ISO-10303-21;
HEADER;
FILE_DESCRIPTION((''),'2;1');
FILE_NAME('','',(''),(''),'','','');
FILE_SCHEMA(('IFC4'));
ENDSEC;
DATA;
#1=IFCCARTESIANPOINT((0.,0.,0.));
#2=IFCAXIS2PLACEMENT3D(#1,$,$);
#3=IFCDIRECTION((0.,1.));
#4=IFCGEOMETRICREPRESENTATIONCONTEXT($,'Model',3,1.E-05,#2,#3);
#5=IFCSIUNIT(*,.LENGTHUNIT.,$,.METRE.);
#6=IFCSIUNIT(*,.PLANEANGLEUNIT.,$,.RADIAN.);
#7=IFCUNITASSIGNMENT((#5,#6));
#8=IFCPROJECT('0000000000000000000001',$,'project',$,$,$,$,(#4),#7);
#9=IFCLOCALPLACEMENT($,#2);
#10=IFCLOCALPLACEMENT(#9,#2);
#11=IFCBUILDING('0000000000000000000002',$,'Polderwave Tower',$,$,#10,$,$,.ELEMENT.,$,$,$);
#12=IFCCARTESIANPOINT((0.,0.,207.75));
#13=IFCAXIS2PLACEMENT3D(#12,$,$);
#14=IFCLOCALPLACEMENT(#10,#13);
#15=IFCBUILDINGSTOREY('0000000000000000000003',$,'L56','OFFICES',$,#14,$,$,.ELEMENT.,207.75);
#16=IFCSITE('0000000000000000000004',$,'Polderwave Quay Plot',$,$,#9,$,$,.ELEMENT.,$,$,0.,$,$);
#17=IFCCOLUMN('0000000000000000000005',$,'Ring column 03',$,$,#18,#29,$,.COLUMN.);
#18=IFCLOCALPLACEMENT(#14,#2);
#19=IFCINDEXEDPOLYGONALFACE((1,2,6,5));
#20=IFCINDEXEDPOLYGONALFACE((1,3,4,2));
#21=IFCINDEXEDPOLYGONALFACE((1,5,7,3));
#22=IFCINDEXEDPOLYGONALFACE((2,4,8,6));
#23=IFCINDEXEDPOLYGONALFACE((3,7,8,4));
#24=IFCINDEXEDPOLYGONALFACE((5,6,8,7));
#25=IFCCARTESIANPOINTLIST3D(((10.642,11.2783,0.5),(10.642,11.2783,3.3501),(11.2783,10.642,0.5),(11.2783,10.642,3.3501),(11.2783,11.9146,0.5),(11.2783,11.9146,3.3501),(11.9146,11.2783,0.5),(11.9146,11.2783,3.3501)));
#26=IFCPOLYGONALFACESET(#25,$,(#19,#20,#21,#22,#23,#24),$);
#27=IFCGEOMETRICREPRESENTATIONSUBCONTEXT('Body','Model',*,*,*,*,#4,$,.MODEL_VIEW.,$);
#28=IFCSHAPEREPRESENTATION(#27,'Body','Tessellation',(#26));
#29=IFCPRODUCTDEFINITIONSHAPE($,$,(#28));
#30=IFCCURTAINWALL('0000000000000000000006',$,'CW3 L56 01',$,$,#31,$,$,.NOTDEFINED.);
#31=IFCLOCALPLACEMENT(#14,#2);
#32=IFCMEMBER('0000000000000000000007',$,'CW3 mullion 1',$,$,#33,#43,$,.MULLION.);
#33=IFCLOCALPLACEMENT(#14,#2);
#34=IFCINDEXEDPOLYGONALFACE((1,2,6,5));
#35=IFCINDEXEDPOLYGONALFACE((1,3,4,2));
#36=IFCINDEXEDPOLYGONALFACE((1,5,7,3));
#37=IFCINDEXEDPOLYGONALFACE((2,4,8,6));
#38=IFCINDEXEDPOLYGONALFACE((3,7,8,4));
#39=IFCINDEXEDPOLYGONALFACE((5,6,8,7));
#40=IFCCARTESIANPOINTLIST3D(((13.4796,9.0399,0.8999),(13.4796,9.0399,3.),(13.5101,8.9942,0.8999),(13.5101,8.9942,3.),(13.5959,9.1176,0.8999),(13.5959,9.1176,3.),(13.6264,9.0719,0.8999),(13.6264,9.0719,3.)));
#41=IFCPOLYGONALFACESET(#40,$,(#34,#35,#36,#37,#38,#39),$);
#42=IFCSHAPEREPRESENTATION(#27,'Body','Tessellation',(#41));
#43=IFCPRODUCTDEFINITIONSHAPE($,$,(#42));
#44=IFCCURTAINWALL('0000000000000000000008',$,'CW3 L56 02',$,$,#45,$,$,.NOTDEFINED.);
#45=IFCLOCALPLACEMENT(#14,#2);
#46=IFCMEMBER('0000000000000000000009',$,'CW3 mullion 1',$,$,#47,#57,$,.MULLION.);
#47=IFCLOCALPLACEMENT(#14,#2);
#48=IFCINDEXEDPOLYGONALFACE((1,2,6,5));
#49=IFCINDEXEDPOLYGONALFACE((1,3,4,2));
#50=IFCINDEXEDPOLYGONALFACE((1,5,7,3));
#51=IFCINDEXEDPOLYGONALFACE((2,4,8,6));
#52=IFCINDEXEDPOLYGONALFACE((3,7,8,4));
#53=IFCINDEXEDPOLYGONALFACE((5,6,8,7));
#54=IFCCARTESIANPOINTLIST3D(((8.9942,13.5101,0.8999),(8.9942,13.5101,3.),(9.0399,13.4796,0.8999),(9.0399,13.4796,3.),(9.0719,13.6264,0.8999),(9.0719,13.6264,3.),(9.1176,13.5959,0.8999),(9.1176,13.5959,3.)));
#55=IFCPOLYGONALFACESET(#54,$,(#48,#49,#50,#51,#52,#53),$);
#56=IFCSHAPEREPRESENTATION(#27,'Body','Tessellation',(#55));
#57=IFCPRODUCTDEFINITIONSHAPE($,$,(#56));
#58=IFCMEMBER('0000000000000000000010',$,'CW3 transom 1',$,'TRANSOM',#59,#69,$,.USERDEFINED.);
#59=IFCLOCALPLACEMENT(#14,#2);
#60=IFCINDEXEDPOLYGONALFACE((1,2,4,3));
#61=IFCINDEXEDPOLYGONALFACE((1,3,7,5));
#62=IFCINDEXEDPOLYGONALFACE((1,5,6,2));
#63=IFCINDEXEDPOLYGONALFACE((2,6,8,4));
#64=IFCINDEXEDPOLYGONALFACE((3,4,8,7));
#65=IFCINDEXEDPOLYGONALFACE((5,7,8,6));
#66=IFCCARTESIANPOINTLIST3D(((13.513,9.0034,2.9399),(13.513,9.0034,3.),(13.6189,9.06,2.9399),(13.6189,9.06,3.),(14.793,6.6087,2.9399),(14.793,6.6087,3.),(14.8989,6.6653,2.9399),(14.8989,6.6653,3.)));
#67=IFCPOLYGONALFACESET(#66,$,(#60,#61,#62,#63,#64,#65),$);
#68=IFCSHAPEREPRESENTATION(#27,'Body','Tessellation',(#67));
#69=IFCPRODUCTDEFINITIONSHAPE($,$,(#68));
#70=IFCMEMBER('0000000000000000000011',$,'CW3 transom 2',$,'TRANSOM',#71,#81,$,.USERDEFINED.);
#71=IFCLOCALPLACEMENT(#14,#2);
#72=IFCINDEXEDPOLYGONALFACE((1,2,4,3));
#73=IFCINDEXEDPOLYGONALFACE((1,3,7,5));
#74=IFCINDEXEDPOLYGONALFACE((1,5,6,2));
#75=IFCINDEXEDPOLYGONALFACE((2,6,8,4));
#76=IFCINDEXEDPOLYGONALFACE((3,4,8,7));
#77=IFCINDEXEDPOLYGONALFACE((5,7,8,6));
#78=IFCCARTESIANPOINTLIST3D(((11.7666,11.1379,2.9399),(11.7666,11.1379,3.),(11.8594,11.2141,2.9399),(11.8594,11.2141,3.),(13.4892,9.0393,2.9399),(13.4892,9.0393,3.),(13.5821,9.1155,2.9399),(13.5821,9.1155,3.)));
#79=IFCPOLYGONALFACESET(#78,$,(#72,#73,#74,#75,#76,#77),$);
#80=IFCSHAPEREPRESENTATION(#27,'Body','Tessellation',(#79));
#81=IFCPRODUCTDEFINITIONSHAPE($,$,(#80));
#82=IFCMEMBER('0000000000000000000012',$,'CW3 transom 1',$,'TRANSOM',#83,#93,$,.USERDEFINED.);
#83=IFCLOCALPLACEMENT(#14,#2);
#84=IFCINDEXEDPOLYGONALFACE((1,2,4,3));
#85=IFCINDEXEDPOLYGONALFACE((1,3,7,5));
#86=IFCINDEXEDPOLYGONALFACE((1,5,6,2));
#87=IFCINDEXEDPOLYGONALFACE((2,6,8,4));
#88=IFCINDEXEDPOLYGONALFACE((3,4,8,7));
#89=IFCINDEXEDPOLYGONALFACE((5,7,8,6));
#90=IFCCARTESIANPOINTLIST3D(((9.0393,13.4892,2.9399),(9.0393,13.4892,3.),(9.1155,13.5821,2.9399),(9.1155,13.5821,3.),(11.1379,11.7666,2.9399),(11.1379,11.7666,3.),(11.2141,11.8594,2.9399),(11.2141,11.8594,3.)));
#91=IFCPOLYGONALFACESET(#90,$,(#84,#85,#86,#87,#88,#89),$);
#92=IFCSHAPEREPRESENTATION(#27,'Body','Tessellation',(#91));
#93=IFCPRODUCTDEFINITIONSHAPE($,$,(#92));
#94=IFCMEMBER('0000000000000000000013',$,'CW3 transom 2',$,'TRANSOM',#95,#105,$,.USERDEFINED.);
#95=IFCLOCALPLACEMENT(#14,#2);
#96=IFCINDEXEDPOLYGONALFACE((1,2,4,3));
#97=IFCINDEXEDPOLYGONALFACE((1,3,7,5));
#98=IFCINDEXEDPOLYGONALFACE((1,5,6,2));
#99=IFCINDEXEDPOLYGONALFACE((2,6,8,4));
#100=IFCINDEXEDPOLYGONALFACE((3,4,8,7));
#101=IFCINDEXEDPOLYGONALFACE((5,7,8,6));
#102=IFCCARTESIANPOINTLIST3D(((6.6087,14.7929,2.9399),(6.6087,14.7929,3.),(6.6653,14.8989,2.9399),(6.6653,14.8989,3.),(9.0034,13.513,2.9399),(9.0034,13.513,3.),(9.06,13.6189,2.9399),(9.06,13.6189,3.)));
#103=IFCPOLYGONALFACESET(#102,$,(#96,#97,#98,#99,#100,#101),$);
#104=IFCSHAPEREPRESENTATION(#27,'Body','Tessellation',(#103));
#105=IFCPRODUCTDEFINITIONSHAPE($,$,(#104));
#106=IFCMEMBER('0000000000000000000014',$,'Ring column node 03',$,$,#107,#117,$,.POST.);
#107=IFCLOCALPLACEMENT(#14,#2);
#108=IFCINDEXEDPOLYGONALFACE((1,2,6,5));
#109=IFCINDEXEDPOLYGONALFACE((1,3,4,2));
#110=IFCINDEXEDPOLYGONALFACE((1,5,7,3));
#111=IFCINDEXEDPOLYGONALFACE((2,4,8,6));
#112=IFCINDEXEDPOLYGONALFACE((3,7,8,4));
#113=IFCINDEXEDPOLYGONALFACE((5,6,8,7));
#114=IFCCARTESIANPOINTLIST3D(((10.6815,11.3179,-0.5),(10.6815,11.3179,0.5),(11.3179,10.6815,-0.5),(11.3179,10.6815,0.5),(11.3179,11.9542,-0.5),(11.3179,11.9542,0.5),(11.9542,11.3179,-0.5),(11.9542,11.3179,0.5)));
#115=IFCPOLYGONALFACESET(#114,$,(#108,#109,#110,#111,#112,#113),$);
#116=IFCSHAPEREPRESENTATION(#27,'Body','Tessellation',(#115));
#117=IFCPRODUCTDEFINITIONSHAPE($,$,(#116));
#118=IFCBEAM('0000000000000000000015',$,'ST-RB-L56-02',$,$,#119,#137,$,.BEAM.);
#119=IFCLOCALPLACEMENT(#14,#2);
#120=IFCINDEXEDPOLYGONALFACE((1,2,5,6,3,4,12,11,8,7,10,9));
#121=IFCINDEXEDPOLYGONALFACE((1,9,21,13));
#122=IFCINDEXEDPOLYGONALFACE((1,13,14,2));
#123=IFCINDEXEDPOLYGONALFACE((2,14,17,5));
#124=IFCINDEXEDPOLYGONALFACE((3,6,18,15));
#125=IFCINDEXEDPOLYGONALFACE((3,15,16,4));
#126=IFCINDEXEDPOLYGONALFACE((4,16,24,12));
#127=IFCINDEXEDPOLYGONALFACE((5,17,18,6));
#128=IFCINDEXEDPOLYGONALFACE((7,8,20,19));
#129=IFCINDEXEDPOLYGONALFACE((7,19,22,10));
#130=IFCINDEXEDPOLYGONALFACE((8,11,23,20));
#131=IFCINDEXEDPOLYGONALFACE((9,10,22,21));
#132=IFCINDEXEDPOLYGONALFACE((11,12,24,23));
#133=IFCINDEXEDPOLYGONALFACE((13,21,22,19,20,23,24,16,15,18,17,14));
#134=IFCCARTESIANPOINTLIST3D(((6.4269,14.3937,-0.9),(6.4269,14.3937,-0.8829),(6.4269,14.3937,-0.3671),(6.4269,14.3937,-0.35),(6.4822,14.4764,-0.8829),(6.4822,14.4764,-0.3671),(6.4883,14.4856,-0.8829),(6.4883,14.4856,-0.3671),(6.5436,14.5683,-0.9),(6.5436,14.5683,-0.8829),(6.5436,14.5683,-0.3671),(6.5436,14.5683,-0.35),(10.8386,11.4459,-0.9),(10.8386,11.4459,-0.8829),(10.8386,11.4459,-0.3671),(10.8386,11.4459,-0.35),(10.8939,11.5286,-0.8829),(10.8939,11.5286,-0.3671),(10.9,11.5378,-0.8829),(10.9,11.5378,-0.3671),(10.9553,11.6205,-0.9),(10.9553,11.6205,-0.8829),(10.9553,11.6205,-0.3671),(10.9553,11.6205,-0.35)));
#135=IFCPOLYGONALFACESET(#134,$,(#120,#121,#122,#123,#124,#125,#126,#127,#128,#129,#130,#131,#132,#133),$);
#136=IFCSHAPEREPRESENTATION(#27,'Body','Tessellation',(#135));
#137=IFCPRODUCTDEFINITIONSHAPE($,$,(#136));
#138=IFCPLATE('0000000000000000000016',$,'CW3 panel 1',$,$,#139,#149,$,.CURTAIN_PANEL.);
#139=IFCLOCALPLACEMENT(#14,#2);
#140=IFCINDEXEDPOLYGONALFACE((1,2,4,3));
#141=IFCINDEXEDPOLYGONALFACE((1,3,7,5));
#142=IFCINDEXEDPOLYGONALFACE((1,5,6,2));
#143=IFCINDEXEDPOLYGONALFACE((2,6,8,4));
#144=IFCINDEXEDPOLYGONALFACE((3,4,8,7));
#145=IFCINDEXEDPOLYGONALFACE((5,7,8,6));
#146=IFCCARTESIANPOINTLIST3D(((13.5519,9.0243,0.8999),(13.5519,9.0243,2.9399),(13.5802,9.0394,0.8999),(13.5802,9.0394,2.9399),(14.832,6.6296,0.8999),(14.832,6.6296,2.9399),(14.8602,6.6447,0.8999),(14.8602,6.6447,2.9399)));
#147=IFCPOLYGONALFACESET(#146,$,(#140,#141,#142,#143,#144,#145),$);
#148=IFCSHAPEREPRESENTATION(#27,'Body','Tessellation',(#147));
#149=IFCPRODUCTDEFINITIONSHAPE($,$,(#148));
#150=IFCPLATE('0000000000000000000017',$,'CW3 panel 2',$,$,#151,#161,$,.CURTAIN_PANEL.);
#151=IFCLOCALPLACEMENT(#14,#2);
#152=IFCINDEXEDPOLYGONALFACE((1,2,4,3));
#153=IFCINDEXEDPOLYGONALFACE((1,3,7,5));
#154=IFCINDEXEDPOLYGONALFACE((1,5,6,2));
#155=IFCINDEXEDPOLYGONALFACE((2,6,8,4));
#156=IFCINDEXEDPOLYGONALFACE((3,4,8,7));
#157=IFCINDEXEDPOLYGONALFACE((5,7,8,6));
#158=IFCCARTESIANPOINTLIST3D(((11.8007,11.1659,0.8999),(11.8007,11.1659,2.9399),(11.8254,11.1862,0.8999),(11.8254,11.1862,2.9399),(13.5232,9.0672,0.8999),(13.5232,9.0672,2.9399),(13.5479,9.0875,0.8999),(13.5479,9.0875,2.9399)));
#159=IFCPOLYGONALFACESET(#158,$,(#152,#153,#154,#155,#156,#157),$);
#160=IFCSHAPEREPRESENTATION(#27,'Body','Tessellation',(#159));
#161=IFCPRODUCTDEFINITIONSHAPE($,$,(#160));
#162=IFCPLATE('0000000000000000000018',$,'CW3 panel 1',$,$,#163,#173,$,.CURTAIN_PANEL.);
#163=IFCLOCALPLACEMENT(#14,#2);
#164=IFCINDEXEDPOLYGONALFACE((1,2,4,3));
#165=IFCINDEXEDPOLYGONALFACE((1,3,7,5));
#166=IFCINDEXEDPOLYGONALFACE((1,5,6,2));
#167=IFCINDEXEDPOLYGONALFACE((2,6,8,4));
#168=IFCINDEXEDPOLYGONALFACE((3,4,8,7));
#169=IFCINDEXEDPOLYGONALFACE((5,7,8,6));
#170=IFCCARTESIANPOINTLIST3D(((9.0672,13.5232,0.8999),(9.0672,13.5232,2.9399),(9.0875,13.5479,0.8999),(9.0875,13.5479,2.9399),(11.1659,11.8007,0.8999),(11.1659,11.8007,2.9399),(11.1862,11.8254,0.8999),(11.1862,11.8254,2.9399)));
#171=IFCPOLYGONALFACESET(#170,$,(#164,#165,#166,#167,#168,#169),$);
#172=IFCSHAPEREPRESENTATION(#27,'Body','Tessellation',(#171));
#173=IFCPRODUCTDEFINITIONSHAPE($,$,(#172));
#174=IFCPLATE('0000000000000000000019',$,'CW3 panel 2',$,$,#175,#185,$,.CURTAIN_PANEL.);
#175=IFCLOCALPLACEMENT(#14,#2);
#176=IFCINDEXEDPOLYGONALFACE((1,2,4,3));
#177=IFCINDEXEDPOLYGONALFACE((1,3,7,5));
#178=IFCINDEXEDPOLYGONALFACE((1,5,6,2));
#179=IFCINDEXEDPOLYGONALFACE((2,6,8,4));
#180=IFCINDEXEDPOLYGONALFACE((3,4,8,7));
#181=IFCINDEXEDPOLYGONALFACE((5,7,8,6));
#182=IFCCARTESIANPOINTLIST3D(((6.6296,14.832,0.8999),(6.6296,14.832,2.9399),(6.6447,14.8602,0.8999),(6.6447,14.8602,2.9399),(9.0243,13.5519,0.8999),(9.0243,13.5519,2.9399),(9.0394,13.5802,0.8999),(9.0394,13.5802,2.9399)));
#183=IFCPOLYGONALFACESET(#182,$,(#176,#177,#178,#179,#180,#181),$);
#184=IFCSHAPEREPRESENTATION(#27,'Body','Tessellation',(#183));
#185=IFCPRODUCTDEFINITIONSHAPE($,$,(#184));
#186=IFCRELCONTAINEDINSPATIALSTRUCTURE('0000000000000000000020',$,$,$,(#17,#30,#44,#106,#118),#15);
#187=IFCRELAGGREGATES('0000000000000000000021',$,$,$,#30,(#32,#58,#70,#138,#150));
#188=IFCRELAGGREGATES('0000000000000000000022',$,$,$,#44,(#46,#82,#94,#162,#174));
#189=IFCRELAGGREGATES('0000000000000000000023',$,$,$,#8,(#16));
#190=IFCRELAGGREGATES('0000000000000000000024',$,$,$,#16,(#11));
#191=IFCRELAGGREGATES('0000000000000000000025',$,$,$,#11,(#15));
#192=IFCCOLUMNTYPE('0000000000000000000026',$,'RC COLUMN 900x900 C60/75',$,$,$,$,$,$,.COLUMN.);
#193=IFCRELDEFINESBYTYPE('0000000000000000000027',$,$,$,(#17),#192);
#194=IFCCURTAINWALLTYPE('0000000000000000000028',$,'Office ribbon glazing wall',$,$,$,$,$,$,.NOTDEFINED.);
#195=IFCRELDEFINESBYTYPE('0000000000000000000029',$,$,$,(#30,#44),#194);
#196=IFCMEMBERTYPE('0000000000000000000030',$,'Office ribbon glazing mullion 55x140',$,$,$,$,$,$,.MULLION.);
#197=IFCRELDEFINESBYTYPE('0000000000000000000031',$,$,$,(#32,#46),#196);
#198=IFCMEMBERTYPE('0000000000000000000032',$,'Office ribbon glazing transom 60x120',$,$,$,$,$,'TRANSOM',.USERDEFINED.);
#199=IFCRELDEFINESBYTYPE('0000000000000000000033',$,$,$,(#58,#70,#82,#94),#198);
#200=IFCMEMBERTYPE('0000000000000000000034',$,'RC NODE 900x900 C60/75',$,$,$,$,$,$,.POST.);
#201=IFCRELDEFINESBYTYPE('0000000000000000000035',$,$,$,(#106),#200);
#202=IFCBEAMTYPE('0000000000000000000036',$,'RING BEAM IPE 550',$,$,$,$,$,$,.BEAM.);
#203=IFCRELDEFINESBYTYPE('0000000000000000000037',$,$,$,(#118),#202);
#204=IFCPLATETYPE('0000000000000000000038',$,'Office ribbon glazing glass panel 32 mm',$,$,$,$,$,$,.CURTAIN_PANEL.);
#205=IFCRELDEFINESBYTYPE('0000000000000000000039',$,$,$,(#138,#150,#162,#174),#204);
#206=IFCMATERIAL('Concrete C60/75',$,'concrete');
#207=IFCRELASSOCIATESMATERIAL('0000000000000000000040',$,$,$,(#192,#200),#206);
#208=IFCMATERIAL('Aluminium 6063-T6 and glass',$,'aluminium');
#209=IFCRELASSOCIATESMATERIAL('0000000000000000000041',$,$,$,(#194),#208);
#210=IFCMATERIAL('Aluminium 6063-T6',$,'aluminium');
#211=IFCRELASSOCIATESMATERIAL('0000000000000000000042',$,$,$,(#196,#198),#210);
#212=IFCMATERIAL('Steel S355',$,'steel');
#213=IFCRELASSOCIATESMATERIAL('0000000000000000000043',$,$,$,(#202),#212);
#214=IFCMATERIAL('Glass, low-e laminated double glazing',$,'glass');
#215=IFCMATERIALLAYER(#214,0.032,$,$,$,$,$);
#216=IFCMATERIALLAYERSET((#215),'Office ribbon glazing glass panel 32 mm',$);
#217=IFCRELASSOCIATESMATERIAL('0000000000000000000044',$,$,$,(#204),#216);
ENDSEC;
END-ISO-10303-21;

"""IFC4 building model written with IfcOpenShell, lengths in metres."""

from ifc_helpers import new_model, si_unit, direction, frame, origin, origin_2d, place, context, subcontext, project, spatial, rectangle, i_section, extrude, material, layer, layer_set, material_profile, profile_set, type_object, element, aggregate, save


model = new_model("IFC4")

# Units and contexts
model_context = context("Model", 3, precision=1e-05, world=origin(), true_north=direction((0.0, 1.0)))
body_context = subcontext(model_context, "Body", "Model", "MODEL_VIEW")
ifc_project = project(units=[si_unit("LENGTHUNIT", "METRE"), si_unit("PLANEANGLEUNIT", "RADIAN")], contexts=[model_context])

# Site, building, storey
site_placement = place(None, origin())
site = spatial("IfcSite", under=ifc_project, at=site_placement, Name="Polderwave Quay Plot", CompositionType="ELEMENT", RefElevation=0.0)
building_placement = place(site_placement, origin())
building = spatial("IfcBuilding", under=site, at=building_placement, Name="Polderwave Tower", CompositionType="ELEMENT")
storey_placement = place(building_placement, frame((0.0, 0.0, 207.75)))
storey = spatial("IfcBuildingStorey", under=building, at=storey_placement, Name="L56", Description="OFFICES", CompositionType="ELEMENT", Elevation=207.75)

# Column
ifc_material_1 = material(Name="Concrete C60/75", Category="concrete")
ifc_material_profile_1 = material_profile(ifc_material_1, rectangle(XDim=0.8999, YDim=0.8999, at=origin_2d()), Name="RC 900x900")
ifc_profile_set_1 = profile_set([ifc_material_profile_1], Name="Concrete C60/75")
column_type = type_object("IfcColumnType", Name="RC COLUMN 900x900 C60/75", PredefinedType="COLUMN", material=ifc_profile_set_1)
column_placement = place(storey_placement, frame((11.2783, 11.2783, 0.5), z_axis=(0.0, 0.0, 1.0), x_axis=(0.707107, 0.707107, 0.0)))
element("IfcColumn", 1, at=column_placement, inside=storey, type_object=column_type, Name="Ring column 03", PredefinedType="COLUMN", context=body_context, shape_type="SweptSolid", body=[
    extrude(rectangle(XDim=0.8999, YDim=0.8999, at=origin_2d()), origin(), (0.0, 0.0, 1.0), 2.8501),
])

# Curtain walls, members
ifc_material_2 = material(Name="Aluminium 6063-T6 and glass", Category="aluminium")
curtain_wall_type = type_object("IfcCurtainWallType", Name="Office ribbon glazing wall", PredefinedType="NOTDEFINED", material=ifc_material_2)
curtain_wall_1_placement = place(storey_placement, origin())
curtain_wall_1 = element("IfcCurtainWall", 2, at=curtain_wall_1_placement, inside=storey, type_object=curtain_wall_type, Name="CW3 L56 01", PredefinedType="NOTDEFINED")
ifc_material_3 = material(Name="Aluminium 6063-T6", Category="aluminium")
ifc_material_profile_2 = material_profile(ifc_material_3, rectangle(XDim=0.1399, YDim=0.0549, at=origin_2d()), Name="AL 55x140")
ifc_profile_set_2 = profile_set([ifc_material_profile_2], Name="Aluminium 6063-T6")
member_type_1 = type_object("IfcMemberType", Name="Office ribbon glazing mullion 55x140", PredefinedType="MULLION", material=ifc_profile_set_2)
member_1_placement = place(storey_placement, frame((13.553, 9.0559, 0.8999), z_axis=(0.0, 0.0, 1.0), x_axis=(-0.831455, -0.555592, 0.0)))
member_1 = element("IfcMember", 3, at=member_1_placement, type_object=member_type_1, Name="CW3 mullion 1", PredefinedType="MULLION", context=body_context, shape_type="SweptSolid", body=[
    extrude(rectangle(XDim=0.1399, YDim=0.0549, at=origin_2d()), origin(), (0.0, 0.0, 1.0), 2.1001),
])
curtain_wall_2_placement = place(storey_placement, origin())
curtain_wall_2 = element("IfcCurtainWall", 4, at=curtain_wall_2_placement, inside=storey, type_object=curtain_wall_type, Name="CW3 L56 02", PredefinedType="NOTDEFINED")
member_2_placement = place(storey_placement, frame((9.0559, 13.553, 0.8999), z_axis=(0.0, 0.0, 1.0), x_axis=(-0.555592, -0.831455, 0.0)))
member_2 = element("IfcMember", 5, at=member_2_placement, type_object=member_type_1, Name="CW3 mullion 1", PredefinedType="MULLION", context=body_context, shape_type="SweptSolid", body=[
    extrude(rectangle(XDim=0.1399, YDim=0.0549, at=origin_2d()), origin(), (0.0, 0.0, 1.0), 2.1001),
])

# Members
ifc_material_profile_3 = material_profile(ifc_material_3, rectangle(XDim=0.1201, YDim=0.0601, at=origin_2d()), Name="AL 60x120")
ifc_profile_set_3 = profile_set([ifc_material_profile_3], Name="Aluminium 6063-T6")
member_type_2 = type_object("IfcMemberType", Name="Office ribbon glazing transom 60x120", ElementType="TRANSOM", PredefinedType="USERDEFINED", material=ifc_profile_set_3)
member_3_placement = place(storey_placement, frame((14.8459, 6.637, 2.97), z_axis=(-0.471395, 0.881922, 0.0), x_axis=(-0.881922, -0.471395, 0.0)))
member_3 = element("IfcMember", 6, at=member_3_placement, type_object=member_type_2, Name="CW3 transom 1", ObjectType="TRANSOM", PredefinedType="USERDEFINED", context=body_context, shape_type="SweptSolid", body=[
    extrude(rectangle(XDim=0.1201, YDim=0.0601, at=origin_2d()), origin(), (0.0, 0.0, 1.0), 2.7153),
])
member_4_placement = place(storey_placement, frame((13.5356, 9.0774, 2.97), z_axis=(-0.634471, 0.772947, 0.0), x_axis=(-0.772947, -0.634471, 0.0)))
member_4 = element("IfcMember", 7, at=member_4_placement, type_object=member_type_2, Name="CW3 transom 2", ObjectType="TRANSOM", PredefinedType="USERDEFINED", context=body_context, shape_type="SweptSolid", body=[
    extrude(rectangle(XDim=0.1201, YDim=0.0601, at=origin_2d()), origin(), (0.0, 0.0, 1.0), 2.7151),
])
member_5_placement = place(storey_placement, frame((11.176, 11.813, 2.97), z_axis=(-0.772947, 0.634471, 0.0), x_axis=(-0.634471, -0.772947, 0.0)))
member_5 = element("IfcMember", 8, at=member_5_placement, type_object=member_type_2, Name="CW3 transom 1", ObjectType="TRANSOM", PredefinedType="USERDEFINED", context=body_context, shape_type="SweptSolid", body=[
    extrude(rectangle(XDim=0.1201, YDim=0.0601, at=origin_2d()), origin(), (0.0, 0.0, 1.0), 2.7151),
])
member_6_placement = place(storey_placement, frame((9.0317, 13.5659, 2.97), z_axis=(-0.881922, 0.471395, 0.0), x_axis=(-0.471395, -0.881922, 0.0)))
member_6 = element("IfcMember", 9, at=member_6_placement, type_object=member_type_2, Name="CW3 transom 2", ObjectType="TRANSOM", PredefinedType="USERDEFINED", context=body_context, shape_type="SweptSolid", body=[
    extrude(rectangle(XDim=0.1201, YDim=0.0601, at=origin_2d()), origin(), (0.0, 0.0, 1.0), 2.7153),
])
ifc_material_profile_4 = material_profile(ifc_material_1, rectangle(XDim=0.8999, YDim=0.8999, at=origin_2d()), Name="RC 900x900")
ifc_profile_set_4 = profile_set([ifc_material_profile_4], Name="Concrete C60/75")
member_type_3 = type_object("IfcMemberType", Name="RC NODE 900x900 C60/75", PredefinedType="POST", material=ifc_profile_set_4)
member_7_placement = place(storey_placement, frame((11.3179, 11.3179, -0.5), z_axis=(0.0, 0.0, 1.0), x_axis=(0.707107, 0.707107, 0.0)))
element("IfcMember", 10, at=member_7_placement, inside=storey, type_object=member_type_3, Name="Ring column node 03", PredefinedType="POST", context=body_context, shape_type="SweptSolid", body=[
    extrude(rectangle(XDim=0.8999, YDim=0.8999, at=origin_2d()), origin(), (0.0, 0.0, 1.0), 1.0),
])

# Beam
ifc_material_4 = material(Name="Steel S355", Category="steel")
ifc_material_profile_5 = material_profile(ifc_material_4, i_section(OverallWidth=0.21, OverallDepth=0.55, WebThickness=0.011, FlangeThickness=0.0171, at=origin_2d()), Name="IPE 550")
ifc_profile_set_5 = profile_set([ifc_material_profile_5], Name="Steel S355")
beam_type = type_object("IfcBeamType", Name="RING BEAM IPE 550", PredefinedType="BEAM", material=ifc_profile_set_5)
beam_placement = place(storey_placement, frame((10.897, 11.5332, -0.625), z_axis=(-0.831469, 0.555571, 0.0), x_axis=(-0.555571, -0.831469, 0.0)))
element("IfcBeam", 11, at=beam_placement, inside=storey, type_object=beam_type, Name="ST-RB-L56-02", PredefinedType="BEAM", context=body_context, shape_type="SweptSolid", body=[
    extrude(i_section(OverallWidth=0.21, OverallDepth=0.55, WebThickness=0.011, FlangeThickness=0.0171, at=origin_2d()), origin(), (0.0, 0.0, 1.0), 5.3059),
])

# Plates
ifc_material_5 = material(Name="Glass, low-e laminated double glazing", Category="glass")
ifc_layer_1 = layer(ifc_material_5, 0.032)
ifc_layer_set_1 = layer_set([ifc_layer_1], Name="Office ribbon glazing glass panel 32 mm")
plate_type = type_object("IfcPlateType", Name="Office ribbon glazing glass panel 32 mm", PredefinedType="CURTAIN_PANEL", material=ifc_layer_set_1)
plate_1_placement = place(storey_placement, frame((14.2061, 7.8345, 0.8999), z_axis=(0.0, 0.0, 1.0), x_axis=(-0.471401, 0.881919, 0.0)))
plate_1 = element("IfcPlate", 12, at=plate_1_placement, type_object=plate_type, Name="CW3 panel 1", PredefinedType="CURTAIN_PANEL", context=body_context, shape_type="SweptSolid", body=[
    extrude(rectangle(XDim=2.7153, YDim=0.032, at=origin_2d()), origin(), (0.0, 0.0, 1.0), 2.04),
])
plate_2_placement = place(storey_placement, frame((12.6743, 10.1267, 0.8999), z_axis=(0.0, 0.0, 1.0), x_axis=(-0.634428, 0.772982, 0.0)))
plate_2 = element("IfcPlate", 13, at=plate_2_placement, type_object=plate_type, Name="CW3 panel 2", PredefinedType="CURTAIN_PANEL", context=body_context, shape_type="SweptSolid", body=[
    extrude(rectangle(XDim=2.7151, YDim=0.032, at=origin_2d()), origin(), (0.0, 0.0, 1.0), 2.04),
])
aggregate(curtain_wall_1, [member_1, member_3, member_4, plate_1, plate_2])
plate_3_placement = place(storey_placement, frame((10.1267, 12.6743, 0.8999), z_axis=(0.0, 0.0, 1.0), x_axis=(-0.772982, 0.634428, 0.0)))
plate_3 = element("IfcPlate", 14, at=plate_3_placement, type_object=plate_type, Name="CW3 panel 1", PredefinedType="CURTAIN_PANEL", context=body_context, shape_type="SweptSolid", body=[
    extrude(rectangle(XDim=2.7151, YDim=0.032, at=origin_2d()), origin(), (0.0, 0.0, 1.0), 2.04),
])
plate_4_placement = place(storey_placement, frame((7.8345, 14.2061, 0.8999), z_axis=(0.0, 0.0, 1.0), x_axis=(-0.881919, 0.471401, 0.0)))
plate_4 = element("IfcPlate", 15, at=plate_4_placement, type_object=plate_type, Name="CW3 panel 2", PredefinedType="CURTAIN_PANEL", context=body_context, shape_type="SweptSolid", body=[
    extrude(rectangle(XDim=2.7153, YDim=0.032, at=origin_2d()), origin(), (0.0, 0.0, 1.0), 2.04),
])
aggregate(curtain_wall_2, [member_2, member_5, member_6, plate_3, plate_4])

save(model, "model.ifc")
